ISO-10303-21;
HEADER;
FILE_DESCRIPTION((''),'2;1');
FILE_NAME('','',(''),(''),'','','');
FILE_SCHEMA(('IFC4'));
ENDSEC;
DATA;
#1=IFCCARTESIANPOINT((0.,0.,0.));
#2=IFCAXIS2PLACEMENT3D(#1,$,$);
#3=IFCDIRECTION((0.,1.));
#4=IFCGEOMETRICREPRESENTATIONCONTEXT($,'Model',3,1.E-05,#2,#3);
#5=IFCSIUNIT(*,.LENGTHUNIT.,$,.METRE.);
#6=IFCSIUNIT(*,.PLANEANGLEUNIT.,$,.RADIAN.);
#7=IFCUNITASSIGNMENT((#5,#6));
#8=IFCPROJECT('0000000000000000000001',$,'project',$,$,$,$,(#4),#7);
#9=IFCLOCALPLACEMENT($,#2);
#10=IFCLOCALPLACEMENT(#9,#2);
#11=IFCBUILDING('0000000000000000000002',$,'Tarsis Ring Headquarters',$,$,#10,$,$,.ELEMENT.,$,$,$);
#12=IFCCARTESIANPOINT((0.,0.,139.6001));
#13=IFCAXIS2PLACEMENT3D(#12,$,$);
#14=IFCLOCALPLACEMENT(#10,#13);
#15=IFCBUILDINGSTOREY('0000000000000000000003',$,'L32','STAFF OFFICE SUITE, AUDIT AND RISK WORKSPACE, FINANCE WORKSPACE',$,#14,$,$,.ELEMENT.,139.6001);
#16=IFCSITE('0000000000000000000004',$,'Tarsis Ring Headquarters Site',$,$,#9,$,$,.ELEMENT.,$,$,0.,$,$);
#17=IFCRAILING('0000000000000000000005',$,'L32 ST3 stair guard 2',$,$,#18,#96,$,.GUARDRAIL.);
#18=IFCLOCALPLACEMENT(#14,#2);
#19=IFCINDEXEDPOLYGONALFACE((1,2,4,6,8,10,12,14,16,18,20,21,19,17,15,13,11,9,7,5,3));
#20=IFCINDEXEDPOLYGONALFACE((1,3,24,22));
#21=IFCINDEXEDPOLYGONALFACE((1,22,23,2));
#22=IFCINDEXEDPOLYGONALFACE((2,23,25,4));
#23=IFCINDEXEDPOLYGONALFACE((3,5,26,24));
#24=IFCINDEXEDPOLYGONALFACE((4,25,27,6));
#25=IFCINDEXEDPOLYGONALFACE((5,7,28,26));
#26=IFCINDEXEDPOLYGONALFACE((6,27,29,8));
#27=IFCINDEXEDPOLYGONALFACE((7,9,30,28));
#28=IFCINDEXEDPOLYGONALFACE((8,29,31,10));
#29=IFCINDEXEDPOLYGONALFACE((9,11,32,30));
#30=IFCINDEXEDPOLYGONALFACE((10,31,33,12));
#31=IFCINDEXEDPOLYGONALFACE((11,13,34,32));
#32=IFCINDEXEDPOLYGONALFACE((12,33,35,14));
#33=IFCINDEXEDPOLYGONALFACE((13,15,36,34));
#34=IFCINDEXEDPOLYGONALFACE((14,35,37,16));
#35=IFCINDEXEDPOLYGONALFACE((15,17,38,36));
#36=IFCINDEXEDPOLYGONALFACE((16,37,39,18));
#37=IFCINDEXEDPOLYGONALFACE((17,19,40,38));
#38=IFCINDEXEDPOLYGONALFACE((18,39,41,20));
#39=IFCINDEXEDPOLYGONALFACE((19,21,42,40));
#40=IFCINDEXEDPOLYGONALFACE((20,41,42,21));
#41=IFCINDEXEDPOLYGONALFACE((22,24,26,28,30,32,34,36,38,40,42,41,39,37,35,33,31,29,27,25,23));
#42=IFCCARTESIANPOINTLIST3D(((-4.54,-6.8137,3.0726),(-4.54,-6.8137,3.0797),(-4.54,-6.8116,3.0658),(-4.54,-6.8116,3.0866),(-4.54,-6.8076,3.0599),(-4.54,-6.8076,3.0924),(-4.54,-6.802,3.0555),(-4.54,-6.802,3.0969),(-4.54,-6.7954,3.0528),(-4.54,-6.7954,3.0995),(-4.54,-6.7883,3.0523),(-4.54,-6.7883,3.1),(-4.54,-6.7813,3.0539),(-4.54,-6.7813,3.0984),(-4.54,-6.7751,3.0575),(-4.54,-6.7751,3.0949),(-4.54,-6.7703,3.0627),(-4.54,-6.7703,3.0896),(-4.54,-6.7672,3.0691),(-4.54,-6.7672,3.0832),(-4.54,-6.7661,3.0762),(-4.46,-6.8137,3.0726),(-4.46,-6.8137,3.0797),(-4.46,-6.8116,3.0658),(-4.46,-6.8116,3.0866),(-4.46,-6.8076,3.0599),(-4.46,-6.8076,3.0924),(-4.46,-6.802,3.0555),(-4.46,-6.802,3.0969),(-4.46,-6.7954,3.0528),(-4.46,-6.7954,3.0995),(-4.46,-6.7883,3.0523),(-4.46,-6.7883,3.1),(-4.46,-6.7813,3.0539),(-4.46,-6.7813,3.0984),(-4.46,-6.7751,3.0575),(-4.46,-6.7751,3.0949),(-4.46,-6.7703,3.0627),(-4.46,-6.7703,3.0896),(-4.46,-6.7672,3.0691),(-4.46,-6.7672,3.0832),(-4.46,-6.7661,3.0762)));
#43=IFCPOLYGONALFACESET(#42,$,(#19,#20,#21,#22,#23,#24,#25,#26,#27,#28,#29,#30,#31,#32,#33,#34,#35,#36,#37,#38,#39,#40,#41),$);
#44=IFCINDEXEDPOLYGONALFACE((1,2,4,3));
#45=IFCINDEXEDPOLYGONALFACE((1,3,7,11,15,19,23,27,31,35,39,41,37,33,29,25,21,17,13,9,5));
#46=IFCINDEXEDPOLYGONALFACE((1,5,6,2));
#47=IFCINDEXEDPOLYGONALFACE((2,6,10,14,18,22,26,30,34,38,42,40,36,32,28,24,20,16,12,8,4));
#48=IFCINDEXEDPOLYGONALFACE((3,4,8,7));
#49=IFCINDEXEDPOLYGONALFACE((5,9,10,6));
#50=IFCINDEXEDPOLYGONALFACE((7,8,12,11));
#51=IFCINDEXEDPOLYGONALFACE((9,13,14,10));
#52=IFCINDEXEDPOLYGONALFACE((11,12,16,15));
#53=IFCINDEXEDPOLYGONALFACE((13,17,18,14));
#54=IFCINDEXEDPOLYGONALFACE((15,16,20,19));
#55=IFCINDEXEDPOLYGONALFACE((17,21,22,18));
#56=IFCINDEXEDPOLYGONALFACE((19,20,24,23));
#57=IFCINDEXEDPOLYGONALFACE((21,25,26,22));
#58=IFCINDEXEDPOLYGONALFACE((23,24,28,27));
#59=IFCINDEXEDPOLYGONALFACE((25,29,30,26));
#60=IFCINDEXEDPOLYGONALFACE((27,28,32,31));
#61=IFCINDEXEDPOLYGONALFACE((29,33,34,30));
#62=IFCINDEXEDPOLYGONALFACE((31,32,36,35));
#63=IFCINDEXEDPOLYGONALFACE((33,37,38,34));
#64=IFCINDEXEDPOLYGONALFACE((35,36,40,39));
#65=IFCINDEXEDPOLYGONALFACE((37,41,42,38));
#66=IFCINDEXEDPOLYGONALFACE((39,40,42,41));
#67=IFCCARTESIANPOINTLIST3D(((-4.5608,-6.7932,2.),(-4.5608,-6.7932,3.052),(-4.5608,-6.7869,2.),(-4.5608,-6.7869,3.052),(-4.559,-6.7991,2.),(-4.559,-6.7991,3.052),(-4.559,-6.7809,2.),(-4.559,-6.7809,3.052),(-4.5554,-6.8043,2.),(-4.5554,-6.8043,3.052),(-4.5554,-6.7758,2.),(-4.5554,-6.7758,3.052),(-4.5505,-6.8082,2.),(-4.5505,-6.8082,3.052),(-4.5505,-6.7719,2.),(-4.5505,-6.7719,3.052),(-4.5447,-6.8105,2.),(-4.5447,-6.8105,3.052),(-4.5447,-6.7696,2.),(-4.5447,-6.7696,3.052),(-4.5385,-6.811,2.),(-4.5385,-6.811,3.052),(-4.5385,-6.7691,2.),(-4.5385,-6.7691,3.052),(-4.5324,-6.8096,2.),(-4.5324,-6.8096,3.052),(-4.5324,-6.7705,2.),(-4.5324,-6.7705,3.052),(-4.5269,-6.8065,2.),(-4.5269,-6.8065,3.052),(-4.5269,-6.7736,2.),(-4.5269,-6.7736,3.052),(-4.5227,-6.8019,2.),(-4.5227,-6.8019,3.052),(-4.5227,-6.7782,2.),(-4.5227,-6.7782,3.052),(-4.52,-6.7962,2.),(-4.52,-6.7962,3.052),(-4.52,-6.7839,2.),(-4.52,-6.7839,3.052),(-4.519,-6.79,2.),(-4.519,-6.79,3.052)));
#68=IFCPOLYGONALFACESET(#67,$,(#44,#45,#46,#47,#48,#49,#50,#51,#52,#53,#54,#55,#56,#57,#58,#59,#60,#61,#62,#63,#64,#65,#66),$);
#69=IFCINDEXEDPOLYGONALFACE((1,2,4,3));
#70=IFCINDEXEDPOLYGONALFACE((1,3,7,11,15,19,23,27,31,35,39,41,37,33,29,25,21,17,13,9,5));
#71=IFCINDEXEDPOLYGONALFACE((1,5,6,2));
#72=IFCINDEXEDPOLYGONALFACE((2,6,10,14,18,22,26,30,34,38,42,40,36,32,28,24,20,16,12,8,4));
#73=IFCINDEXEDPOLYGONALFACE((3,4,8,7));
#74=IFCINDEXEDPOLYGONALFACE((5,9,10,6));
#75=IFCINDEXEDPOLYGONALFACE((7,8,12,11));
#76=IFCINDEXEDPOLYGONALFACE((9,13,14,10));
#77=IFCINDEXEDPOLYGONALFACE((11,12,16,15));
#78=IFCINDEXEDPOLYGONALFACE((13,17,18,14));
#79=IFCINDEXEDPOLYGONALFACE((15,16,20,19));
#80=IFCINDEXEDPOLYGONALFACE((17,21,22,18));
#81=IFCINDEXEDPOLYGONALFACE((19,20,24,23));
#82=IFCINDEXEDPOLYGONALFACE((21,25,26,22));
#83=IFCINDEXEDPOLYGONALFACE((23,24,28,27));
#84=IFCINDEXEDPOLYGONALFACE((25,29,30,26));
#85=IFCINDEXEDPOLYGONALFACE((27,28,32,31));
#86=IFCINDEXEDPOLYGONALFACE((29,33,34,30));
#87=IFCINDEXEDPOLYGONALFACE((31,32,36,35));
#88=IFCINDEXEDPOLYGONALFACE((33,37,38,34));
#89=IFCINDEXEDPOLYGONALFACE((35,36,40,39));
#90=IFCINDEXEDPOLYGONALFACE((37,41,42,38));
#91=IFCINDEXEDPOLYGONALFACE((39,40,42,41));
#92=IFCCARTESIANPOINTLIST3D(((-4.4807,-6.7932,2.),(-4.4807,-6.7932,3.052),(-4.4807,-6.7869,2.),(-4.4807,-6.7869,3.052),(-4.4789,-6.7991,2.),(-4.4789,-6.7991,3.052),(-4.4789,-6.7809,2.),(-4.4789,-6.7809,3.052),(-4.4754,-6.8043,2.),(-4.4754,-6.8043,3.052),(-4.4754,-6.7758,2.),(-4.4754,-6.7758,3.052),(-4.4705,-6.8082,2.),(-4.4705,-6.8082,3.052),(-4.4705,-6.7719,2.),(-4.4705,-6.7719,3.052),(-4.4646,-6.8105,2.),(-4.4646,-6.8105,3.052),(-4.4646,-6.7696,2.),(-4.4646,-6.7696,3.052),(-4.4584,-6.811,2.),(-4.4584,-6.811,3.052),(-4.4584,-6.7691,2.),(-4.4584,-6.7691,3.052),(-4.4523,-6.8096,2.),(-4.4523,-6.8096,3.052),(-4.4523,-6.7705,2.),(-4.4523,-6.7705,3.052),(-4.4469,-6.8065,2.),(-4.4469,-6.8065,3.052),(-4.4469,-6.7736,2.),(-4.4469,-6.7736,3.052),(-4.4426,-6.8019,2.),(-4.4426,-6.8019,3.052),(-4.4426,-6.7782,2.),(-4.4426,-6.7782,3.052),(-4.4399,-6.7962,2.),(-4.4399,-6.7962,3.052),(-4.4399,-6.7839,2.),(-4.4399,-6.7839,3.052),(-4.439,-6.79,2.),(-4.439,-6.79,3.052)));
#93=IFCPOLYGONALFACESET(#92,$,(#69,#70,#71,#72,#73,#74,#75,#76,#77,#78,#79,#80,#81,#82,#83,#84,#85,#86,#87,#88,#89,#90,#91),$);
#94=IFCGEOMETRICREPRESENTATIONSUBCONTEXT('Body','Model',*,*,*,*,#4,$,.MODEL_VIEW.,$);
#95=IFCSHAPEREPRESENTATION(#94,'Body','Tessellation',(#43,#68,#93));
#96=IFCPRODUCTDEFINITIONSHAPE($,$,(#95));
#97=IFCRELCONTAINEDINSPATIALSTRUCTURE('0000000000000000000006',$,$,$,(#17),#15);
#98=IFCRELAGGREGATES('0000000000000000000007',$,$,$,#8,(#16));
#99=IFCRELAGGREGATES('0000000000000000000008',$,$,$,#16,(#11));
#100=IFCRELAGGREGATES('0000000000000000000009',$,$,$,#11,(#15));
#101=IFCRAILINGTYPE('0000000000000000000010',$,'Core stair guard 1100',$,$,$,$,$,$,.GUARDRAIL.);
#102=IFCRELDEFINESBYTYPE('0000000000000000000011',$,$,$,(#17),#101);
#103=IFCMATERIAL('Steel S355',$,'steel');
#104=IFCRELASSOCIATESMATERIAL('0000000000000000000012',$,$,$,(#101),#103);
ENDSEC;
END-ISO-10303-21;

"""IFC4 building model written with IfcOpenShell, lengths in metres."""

from ifc_helpers import new_model, si_unit, direction, frame, origin, origin_2d, place, context, subcontext, project, spatial, circle, extrude, material, type_object, element, save


model = new_model("IFC4")

# Units and contexts
model_context = context("Model", 3, precision=1e-05, world=origin(), true_north=direction((0.0, 1.0)))
body_context = subcontext(model_context, "Body", "Model", "MODEL_VIEW")
ifc_project = project(units=[si_unit("LENGTHUNIT", "METRE"), si_unit("PLANEANGLEUNIT", "RADIAN")], contexts=[model_context])

# Site, building, storey
site_placement = place(None, origin())
site = spatial("IfcSite", under=ifc_project, at=site_placement, Name="Tarsis Ring Headquarters Site", CompositionType="ELEMENT", RefElevation=0.0)
building_placement = place(site_placement, origin())
building = spatial("IfcBuilding", under=site, at=building_placement, Name="Tarsis Ring Headquarters", CompositionType="ELEMENT")
storey_placement = place(building_placement, frame((0.0, 0.0, 139.6001)))
storey = spatial("IfcBuildingStorey", under=building, at=storey_placement, Name="L32", Description="STAFF OFFICE SUITE, AUDIT AND RISK WORKSPACE, FINANCE WORKSPACE", CompositionType="ELEMENT", Elevation=139.6001)

# Railing
ifc_material_1 = material(Name="Steel S355", Category="steel")
railing_type_1 = type_object("IfcRailingType", Name="Core stair guard 1100", PredefinedType="GUARDRAIL", material=ifc_material_1)
railing_1_placement = place(storey_placement, frame((-4.54, -6.79, 2.0)))
element("IfcRailing", 1, at=railing_1_placement, inside=storey, type_object=railing_type_1, Name="L32 ST3 stair guard 2", PredefinedType="GUARDRAIL", context=body_context, shape_type="SweptSolid", body=[
    extrude(circle(Radius=0.0239, at=origin_2d()), frame((0.0, 0.0, 1.0762), z_axis=(1.0, 0.0, 0.0), x_axis=(0.0, 1.0, 0.0)), (0.0, 0.0, 1.0), 0.0801),
    extrude(circle(Radius=0.021, at=origin_2d()), origin(), (0.0, 0.0, 1.0), 1.052),
    extrude(circle(Radius=0.021, at=origin_2d()), frame((0.0801, 0.0, 0.0)), (0.0, 0.0, 1.0), 1.052),
])

save(model, "model.ifc")
